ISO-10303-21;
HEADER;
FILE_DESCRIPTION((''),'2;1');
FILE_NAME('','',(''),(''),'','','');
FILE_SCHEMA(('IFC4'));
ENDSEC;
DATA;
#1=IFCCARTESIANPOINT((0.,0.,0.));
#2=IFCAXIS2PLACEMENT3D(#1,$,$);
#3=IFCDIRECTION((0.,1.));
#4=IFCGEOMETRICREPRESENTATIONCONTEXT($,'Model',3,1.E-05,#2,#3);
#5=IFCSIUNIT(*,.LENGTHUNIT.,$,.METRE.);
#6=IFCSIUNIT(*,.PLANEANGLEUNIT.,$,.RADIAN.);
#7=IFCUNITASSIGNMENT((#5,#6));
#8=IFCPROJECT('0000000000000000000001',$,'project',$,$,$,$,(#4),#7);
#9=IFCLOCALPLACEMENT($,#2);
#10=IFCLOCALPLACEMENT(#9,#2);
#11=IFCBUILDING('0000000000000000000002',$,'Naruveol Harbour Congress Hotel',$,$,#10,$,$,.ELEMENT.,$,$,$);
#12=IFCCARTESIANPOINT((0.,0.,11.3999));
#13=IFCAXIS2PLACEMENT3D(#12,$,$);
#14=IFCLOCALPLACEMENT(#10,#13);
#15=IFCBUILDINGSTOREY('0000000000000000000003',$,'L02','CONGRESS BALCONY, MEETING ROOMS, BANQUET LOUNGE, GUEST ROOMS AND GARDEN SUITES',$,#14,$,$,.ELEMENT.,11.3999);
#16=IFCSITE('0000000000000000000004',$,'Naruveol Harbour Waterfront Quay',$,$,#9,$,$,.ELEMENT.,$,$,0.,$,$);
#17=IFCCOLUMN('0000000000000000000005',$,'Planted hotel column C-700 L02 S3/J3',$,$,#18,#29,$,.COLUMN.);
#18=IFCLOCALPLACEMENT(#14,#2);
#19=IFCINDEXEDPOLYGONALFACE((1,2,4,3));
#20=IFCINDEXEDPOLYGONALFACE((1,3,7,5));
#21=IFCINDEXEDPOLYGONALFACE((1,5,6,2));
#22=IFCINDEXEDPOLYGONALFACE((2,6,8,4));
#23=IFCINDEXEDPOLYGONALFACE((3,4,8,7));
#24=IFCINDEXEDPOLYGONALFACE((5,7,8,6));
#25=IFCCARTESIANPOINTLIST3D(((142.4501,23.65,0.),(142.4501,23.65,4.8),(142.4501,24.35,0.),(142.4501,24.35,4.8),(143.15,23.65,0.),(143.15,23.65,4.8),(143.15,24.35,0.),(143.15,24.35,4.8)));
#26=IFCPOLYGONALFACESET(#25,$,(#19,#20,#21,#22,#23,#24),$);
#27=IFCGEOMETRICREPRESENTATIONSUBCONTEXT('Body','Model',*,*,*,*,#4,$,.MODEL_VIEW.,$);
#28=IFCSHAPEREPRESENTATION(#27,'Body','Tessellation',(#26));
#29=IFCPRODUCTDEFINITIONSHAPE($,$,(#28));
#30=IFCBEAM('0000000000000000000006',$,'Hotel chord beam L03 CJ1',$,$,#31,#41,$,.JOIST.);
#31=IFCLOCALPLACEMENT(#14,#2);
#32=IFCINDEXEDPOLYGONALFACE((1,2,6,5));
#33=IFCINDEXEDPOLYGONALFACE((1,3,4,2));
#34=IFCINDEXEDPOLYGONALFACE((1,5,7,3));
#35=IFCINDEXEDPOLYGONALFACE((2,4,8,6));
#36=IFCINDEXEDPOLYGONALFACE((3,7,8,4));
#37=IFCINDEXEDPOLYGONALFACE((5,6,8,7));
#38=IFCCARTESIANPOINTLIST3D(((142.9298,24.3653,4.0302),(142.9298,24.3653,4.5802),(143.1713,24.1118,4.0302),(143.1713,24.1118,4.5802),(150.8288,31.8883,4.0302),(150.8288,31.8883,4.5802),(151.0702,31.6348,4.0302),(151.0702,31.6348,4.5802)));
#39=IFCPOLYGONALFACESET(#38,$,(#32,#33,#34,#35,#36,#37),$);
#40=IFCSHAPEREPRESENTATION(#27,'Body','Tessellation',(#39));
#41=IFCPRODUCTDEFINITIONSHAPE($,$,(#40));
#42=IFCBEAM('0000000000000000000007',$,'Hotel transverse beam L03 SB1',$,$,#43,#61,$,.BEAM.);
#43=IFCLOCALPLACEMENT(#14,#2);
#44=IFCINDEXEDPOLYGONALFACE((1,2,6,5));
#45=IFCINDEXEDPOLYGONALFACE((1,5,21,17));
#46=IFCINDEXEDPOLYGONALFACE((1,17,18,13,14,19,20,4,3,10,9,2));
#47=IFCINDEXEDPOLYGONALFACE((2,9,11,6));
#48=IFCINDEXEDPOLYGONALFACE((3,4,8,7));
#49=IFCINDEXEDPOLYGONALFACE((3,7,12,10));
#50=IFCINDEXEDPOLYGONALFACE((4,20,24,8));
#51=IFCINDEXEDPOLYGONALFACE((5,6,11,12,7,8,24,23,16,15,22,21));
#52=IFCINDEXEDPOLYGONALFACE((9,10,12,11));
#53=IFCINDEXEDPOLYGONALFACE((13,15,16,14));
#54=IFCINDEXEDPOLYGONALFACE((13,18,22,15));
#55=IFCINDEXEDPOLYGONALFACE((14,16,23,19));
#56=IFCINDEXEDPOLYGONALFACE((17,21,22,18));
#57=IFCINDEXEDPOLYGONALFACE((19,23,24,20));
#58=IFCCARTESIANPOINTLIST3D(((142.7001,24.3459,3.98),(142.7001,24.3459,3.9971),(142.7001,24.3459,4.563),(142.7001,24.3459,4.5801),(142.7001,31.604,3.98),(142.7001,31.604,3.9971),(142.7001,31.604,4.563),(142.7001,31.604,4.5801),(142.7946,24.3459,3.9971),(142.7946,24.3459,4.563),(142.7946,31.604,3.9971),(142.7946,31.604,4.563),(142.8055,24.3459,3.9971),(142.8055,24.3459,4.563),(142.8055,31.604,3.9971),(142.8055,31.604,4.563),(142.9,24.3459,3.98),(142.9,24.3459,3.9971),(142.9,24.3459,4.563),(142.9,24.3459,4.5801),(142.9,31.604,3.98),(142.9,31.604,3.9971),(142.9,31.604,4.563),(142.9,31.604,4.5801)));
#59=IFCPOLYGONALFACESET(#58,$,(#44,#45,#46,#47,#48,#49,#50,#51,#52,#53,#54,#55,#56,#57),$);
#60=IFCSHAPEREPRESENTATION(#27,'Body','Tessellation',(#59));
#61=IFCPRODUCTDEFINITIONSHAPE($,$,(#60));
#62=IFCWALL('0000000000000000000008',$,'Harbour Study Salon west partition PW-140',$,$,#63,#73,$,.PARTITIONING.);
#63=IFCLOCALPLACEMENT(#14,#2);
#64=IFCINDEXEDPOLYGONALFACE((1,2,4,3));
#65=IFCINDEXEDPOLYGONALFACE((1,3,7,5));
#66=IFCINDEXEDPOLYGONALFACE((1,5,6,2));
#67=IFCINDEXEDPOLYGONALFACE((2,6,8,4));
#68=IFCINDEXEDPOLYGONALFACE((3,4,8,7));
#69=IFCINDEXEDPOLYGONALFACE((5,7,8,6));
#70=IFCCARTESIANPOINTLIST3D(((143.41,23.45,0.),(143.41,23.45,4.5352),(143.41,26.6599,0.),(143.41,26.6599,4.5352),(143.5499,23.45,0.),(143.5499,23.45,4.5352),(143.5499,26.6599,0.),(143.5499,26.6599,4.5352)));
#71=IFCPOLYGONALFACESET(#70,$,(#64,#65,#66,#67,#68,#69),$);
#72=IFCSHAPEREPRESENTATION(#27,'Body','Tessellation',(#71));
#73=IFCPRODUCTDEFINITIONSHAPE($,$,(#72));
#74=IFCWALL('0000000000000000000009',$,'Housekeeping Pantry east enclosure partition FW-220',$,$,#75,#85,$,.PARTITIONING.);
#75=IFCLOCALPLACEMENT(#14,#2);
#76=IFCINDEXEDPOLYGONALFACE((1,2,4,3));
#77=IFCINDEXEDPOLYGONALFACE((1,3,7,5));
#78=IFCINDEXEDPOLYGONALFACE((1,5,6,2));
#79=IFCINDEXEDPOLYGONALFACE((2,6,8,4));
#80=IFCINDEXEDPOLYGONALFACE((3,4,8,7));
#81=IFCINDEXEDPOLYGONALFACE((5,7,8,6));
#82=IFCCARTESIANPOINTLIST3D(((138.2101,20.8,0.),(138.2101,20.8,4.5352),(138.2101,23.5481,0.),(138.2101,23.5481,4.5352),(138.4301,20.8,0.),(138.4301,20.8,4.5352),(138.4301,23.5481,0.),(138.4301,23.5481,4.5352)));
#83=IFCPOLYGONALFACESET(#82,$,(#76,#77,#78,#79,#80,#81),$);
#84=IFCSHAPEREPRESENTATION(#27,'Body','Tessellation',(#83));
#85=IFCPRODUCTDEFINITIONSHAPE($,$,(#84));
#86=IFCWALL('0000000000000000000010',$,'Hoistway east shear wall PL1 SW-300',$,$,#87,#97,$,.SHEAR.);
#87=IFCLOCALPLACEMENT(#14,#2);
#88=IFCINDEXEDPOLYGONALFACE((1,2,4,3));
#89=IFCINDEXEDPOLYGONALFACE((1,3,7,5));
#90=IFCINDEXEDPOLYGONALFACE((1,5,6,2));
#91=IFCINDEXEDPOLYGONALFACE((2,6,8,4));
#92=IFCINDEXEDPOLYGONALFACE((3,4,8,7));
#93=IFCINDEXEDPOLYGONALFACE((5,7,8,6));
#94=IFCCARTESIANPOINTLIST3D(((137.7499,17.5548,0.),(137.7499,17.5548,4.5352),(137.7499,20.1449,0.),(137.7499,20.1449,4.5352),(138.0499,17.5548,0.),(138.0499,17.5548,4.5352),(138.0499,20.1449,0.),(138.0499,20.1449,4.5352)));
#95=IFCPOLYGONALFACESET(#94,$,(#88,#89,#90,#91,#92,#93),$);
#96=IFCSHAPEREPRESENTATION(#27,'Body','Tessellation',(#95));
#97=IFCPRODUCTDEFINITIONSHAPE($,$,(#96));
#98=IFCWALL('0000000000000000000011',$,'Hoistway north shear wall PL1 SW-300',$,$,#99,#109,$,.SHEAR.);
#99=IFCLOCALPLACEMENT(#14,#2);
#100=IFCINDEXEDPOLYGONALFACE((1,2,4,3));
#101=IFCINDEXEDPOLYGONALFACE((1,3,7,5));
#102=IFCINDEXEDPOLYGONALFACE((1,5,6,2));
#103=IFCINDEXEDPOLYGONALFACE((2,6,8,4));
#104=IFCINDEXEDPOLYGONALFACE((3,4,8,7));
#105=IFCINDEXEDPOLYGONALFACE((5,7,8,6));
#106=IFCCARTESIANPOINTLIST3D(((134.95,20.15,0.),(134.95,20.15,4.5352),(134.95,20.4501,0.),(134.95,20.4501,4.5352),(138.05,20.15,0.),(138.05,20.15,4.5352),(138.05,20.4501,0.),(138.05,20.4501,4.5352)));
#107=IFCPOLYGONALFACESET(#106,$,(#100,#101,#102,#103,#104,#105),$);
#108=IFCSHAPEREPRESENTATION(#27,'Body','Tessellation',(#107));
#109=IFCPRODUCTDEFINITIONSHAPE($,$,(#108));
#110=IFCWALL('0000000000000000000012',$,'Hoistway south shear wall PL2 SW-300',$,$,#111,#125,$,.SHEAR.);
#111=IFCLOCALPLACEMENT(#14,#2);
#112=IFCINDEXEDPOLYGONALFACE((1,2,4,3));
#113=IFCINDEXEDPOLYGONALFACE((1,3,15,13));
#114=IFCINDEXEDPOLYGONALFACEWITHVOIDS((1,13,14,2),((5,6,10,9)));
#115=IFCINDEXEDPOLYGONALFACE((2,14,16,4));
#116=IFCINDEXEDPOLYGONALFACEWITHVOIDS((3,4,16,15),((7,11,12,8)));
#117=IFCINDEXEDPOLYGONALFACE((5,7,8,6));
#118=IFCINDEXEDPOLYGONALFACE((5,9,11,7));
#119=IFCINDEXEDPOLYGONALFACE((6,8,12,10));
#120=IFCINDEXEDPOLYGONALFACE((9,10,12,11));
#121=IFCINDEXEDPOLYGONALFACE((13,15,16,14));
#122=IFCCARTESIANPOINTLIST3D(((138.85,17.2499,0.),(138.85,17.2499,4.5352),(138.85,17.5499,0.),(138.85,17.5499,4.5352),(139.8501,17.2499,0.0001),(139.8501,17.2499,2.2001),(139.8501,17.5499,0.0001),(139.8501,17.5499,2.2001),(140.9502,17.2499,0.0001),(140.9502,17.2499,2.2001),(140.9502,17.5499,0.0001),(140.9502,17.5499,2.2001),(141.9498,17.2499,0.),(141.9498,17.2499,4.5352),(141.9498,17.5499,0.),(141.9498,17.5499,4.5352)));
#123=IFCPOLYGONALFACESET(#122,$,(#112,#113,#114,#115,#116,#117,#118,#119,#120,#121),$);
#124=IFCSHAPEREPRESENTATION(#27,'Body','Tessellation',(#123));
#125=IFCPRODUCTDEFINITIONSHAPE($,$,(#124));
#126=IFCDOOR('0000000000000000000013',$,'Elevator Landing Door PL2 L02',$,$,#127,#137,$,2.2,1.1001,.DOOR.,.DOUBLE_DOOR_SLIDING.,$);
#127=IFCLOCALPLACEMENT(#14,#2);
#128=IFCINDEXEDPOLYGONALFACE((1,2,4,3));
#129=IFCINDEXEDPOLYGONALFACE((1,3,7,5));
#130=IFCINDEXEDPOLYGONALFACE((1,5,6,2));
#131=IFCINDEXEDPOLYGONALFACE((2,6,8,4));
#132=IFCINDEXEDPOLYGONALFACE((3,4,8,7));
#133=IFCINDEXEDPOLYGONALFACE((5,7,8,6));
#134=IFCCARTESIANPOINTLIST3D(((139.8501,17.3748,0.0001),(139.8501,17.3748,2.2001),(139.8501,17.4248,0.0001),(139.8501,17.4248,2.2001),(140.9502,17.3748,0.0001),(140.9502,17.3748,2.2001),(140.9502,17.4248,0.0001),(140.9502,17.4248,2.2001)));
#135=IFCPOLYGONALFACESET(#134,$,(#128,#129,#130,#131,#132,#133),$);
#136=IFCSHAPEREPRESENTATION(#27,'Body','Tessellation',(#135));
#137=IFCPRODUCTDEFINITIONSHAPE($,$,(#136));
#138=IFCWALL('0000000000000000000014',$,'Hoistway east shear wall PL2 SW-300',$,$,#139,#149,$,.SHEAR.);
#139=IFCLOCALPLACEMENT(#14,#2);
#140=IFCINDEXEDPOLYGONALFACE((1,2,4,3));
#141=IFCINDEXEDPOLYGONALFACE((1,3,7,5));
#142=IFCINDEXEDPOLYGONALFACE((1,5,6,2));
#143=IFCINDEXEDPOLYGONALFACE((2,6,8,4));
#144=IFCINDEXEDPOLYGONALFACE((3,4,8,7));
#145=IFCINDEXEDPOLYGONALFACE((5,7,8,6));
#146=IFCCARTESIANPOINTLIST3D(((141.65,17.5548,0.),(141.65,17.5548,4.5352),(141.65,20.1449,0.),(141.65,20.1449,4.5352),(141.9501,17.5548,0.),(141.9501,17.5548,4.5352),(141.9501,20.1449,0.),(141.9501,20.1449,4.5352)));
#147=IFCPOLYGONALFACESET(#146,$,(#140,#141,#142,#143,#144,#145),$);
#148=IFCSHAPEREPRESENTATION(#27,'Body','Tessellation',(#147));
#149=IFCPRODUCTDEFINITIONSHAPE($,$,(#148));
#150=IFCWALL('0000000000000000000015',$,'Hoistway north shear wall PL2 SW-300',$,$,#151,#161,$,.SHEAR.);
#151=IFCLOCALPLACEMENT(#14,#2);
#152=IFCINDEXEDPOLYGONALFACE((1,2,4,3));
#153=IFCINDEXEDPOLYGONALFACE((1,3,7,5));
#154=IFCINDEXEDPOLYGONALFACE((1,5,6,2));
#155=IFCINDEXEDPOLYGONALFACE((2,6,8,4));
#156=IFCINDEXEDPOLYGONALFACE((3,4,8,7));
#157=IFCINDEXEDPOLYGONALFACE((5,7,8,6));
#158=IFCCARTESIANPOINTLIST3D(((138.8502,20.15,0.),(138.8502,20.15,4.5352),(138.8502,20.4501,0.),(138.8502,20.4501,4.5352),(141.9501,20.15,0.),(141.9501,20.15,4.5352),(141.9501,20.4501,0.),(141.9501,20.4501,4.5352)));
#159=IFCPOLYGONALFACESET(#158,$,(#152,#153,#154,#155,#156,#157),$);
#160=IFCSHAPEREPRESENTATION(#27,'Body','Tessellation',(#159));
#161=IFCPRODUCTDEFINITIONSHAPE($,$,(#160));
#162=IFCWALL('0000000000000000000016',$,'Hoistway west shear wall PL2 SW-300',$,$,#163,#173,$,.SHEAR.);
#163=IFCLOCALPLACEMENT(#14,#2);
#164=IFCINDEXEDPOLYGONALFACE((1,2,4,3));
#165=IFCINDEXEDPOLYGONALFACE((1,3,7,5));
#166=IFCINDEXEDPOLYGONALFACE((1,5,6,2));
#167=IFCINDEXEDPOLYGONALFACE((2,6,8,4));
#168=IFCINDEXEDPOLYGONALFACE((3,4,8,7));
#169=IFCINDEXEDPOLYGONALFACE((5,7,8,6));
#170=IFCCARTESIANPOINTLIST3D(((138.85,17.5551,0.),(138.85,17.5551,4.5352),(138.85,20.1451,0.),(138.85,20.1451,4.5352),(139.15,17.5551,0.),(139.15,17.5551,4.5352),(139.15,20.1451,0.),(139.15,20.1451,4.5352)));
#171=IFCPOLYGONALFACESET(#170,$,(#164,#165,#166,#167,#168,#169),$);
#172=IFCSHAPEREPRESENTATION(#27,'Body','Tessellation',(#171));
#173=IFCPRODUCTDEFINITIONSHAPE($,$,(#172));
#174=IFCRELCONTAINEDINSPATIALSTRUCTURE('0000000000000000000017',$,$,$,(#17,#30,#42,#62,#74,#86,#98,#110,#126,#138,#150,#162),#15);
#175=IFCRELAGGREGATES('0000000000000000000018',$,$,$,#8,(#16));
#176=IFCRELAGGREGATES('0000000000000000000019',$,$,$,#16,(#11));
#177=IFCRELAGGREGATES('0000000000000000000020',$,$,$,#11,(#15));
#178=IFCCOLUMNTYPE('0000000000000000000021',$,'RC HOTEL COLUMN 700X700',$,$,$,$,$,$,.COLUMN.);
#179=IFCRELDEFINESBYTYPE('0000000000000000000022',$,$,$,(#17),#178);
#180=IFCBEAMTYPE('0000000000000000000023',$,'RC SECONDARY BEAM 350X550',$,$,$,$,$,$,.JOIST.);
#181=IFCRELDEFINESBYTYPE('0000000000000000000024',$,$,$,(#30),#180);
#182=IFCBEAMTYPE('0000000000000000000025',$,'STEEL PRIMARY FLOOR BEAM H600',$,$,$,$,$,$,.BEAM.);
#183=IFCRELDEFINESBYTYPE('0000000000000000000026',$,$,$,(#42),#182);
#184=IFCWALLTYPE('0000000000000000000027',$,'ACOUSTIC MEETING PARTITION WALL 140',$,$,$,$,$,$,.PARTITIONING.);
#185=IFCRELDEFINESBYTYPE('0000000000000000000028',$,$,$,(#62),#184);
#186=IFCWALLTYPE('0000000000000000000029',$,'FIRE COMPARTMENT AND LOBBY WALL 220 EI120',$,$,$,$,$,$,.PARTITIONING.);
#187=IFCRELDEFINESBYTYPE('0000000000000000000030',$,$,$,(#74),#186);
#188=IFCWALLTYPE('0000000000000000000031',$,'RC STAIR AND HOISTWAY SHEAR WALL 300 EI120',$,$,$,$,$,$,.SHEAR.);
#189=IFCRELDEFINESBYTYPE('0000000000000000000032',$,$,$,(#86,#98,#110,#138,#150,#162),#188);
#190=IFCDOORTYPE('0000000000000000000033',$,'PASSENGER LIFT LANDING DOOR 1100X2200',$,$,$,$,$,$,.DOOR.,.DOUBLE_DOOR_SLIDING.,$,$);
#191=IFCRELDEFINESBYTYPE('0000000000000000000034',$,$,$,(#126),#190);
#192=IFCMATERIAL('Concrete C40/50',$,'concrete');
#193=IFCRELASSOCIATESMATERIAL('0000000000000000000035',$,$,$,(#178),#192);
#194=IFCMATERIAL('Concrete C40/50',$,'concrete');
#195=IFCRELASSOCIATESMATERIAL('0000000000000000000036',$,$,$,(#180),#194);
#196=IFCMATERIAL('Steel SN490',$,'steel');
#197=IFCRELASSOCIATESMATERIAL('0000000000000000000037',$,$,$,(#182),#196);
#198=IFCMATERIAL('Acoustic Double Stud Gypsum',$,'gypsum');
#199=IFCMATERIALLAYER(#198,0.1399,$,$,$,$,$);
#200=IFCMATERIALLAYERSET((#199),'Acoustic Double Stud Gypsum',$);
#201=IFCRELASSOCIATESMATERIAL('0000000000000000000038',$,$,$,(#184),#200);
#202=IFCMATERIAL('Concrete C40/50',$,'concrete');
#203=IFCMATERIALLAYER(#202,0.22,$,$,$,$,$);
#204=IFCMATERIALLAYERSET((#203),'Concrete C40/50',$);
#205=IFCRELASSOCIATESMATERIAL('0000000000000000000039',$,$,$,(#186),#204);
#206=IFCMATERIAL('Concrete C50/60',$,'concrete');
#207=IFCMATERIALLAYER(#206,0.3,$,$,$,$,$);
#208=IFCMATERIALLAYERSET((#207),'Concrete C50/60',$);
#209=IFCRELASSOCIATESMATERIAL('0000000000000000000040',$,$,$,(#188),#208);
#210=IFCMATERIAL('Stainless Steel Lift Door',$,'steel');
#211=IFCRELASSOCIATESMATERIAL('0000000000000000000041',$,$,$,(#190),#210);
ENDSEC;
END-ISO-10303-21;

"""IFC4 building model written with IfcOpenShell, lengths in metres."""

from ifc_helpers import new_model, si_unit, direction, frame, frame_2d, origin, origin_2d, place, context, subcontext, project, spatial, rectangle, i_section, extrude, material, layer, layer_set, material_profile, profile_set, type_object, element, fill, save


model = new_model("IFC4")

# Units and contexts
model_context = context("Model", 3, precision=1e-05, world=origin(), true_north=direction((0.0, 1.0)))
body_context = subcontext(model_context, "Body", "Model", "MODEL_VIEW")
ifc_project = project(units=[si_unit("LENGTHUNIT", "METRE"), si_unit("PLANEANGLEUNIT", "RADIAN")], contexts=[model_context])

# Site, building, storey
site_placement = place(None, origin())
site = spatial("IfcSite", under=ifc_project, at=site_placement, Name="Naruveol Harbour Waterfront Quay", CompositionType="ELEMENT", RefElevation=0.0)
building_placement = place(site_placement, origin())
building = spatial("IfcBuilding", under=site, at=building_placement, Name="Naruveol Harbour Congress Hotel", CompositionType="ELEMENT")
storey_placement = place(building_placement, frame((0.0, 0.0, 11.3999)))
storey = spatial("IfcBuildingStorey", under=building, at=storey_placement, Name="L02", Description="CONGRESS BALCONY, MEETING ROOMS, BANQUET LOUNGE, GUEST ROOMS AND GARDEN SUITES", CompositionType="ELEMENT", Elevation=11.3999)

# Column
ifc_material_1 = material(Name="Concrete C40/50", Category="concrete")
ifc_material_profile_1 = material_profile(ifc_material_1, rectangle(XDim=0.7, YDim=0.7, at=origin_2d()), Name="RC-700x700")
ifc_profile_set_1 = profile_set([ifc_material_profile_1], Name="Concrete C40/50")
column_type = type_object("IfcColumnType", Name="RC HOTEL COLUMN 700X700", PredefinedType="COLUMN", material=ifc_profile_set_1)
column_placement = place(storey_placement, frame((142.8, 24.0, 0.0), z_axis=(0.0, 0.0, 1.0), x_axis=(1.0, 0.0, 0.0)))
element("IfcColumn", 1, at=column_placement, inside=storey, type_object=column_type, Name="Planted hotel column C-700 L02 S3/J3", PredefinedType="COLUMN", context=body_context, shape_type="SweptSolid", body=[
    extrude(rectangle(XDim=0.7, YDim=0.7, at=origin_2d()), origin(), (0.0, 0.0, 1.0), 4.8),
])

# Beams
ifc_material_2 = material(Name="Concrete C40/50", Category="concrete")
ifc_material_profile_2 = material_profile(ifc_material_2, rectangle(XDim=0.3501, YDim=0.55, at=origin_2d()), Name="RCB-350x550")
ifc_profile_set_2 = profile_set([ifc_material_profile_2], Name="Concrete C40/50")
beam_type_1 = type_object("IfcBeamType", Name="RC SECONDARY BEAM 350X550", PredefinedType="JOIST", material=ifc_profile_set_2)
beam_1_placement = place(storey_placement, frame((143.0505, 24.2385, 4.3052), z_axis=(0.72413, 0.689663, 0.0), x_axis=(-0.689663, 0.72413, 0.0)))
element("IfcBeam", 2, at=beam_1_placement, inside=storey, type_object=beam_type_1, Name="Hotel chord beam L03 CJ1", PredefinedType="JOIST", context=body_context, shape_type="SweptSolid", body=[
    extrude(rectangle(XDim=0.3501, YDim=0.55, at=origin_2d()), origin(), (0.0, 0.0, 1.0), 10.9082),
])
ifc_material_3 = material(Name="Steel SN490", Category="steel")
ifc_material_profile_3 = material_profile(ifc_material_3, i_section(OverallWidth=0.2, OverallDepth=0.6001, WebThickness=0.011, FlangeThickness=0.0171, at=origin_2d()), Name="H-600x200x11x17")
ifc_profile_set_3 = profile_set([ifc_material_profile_3], Name="Steel SN490")
beam_type_2 = type_object("IfcBeamType", Name="STEEL PRIMARY FLOOR BEAM H600", PredefinedType="BEAM", material=ifc_profile_set_3)
beam_2_placement = place(storey_placement, frame((142.8, 24.3459, 4.28), z_axis=(0.0, 1.0, 0.0), x_axis=(-1.0, 0.0, 0.0)))
element("IfcBeam", 3, at=beam_2_placement, inside=storey, type_object=beam_type_2, Name="Hotel transverse beam L03 SB1", PredefinedType="BEAM", context=body_context, shape_type="SweptSolid", body=[
    extrude(i_section(OverallWidth=0.2, OverallDepth=0.6001, WebThickness=0.011, FlangeThickness=0.0171, at=origin_2d()), origin(), (0.0, 0.0, 1.0), 7.2581),
])

# Shared definitions
ifc_material_4 = material(Name="Acoustic Double Stud Gypsum", Category="gypsum")
ifc_layer_1 = layer(ifc_material_4, 0.1399)
ifc_layer_set_1 = layer_set([ifc_layer_1], Name="Acoustic Double Stud Gypsum")
wall_type_1 = type_object("IfcWallType", Name="ACOUSTIC MEETING PARTITION WALL 140", PredefinedType="PARTITIONING", material=ifc_layer_set_1)

# Walls
wall_1_placement = place(storey_placement, frame((143.48, 23.45, 0.0), z_axis=(0.0, 0.0, 1.0), x_axis=(0.0, 1.0, 0.0)))
element("IfcWall", 4, at=wall_1_placement, inside=storey, type_object=wall_type_1, Name="Harbour Study Salon west partition PW-140", PredefinedType="PARTITIONING", context=body_context, shape_type="SweptSolid", body=[
    extrude(rectangle(XDim=3.21, YDim=0.1399, at=frame_2d((1.605, 0.0))), origin(), (0.0, 0.0, 1.0), 4.5352),
])
ifc_material_5 = material(Name="Concrete C40/50", Category="concrete")
ifc_layer_2 = layer(ifc_material_5, 0.22)
ifc_layer_set_2 = layer_set([ifc_layer_2], Name="Concrete C40/50")
wall_type_2 = type_object("IfcWallType", Name="FIRE COMPARTMENT AND LOBBY WALL 220 EI120", PredefinedType="PARTITIONING", material=ifc_layer_set_2)
wall_2_placement = place(storey_placement, frame((138.3201, 20.8, 0.0), z_axis=(0.0, 0.0, 1.0), x_axis=(0.0, 1.0, 0.0)))
element("IfcWall", 5, at=wall_2_placement, inside=storey, type_object=wall_type_2, Name="Housekeeping Pantry east enclosure partition FW-220", PredefinedType="PARTITIONING", context=body_context, shape_type="SweptSolid", body=[
    extrude(rectangle(XDim=2.748, YDim=0.22, at=frame_2d((1.374, 0.0))), origin(), (0.0, 0.0, 1.0), 4.5352),
])
ifc_material_6 = material(Name="Concrete C50/60", Category="concrete")
ifc_layer_3 = layer(ifc_material_6, 0.3)
ifc_layer_set_3 = layer_set([ifc_layer_3], Name="Concrete C50/60")
wall_type_3 = type_object("IfcWallType", Name="RC STAIR AND HOISTWAY SHEAR WALL 300 EI120", PredefinedType="SHEAR", material=ifc_layer_set_3)
wall_3_placement = place(storey_placement, frame((137.8999, 17.5549, 0.0), z_axis=(0.0, 0.0, 1.0), x_axis=(0.0, 1.0, 0.0)))
element("IfcWall", 6, at=wall_3_placement, inside=storey, type_object=wall_type_3, Name="Hoistway east shear wall PL1 SW-300", PredefinedType="SHEAR", context=body_context, shape_type="SweptSolid", body=[
    extrude(rectangle(XDim=2.5901, YDim=0.3, at=frame_2d((1.2949, 0.0))), origin(), (0.0, 0.0, 1.0), 4.5352),
])
wall_4_placement = place(storey_placement, frame((138.05, 20.3, 0.0), z_axis=(0.0, 0.0, 1.0), x_axis=(-1.0, 0.0, 0.0)))
element("IfcWall", 7, at=wall_4_placement, inside=storey, type_object=wall_type_3, Name="Hoistway north shear wall PL1 SW-300", PredefinedType="SHEAR", context=body_context, shape_type="SweptSolid", body=[
    extrude(rectangle(XDim=3.1001, YDim=0.3, at=frame_2d((1.55, 0.0))), origin(), (0.0, 0.0, 1.0), 4.5352),
])

# Wall, opening, door
wall_5_placement = place(storey_placement, frame((138.8501, 17.3999, 0.0), z_axis=(0.0, 0.0, 1.0), x_axis=(1.0, 0.0, 0.0)))
wall_5 = element("IfcWall", 8, at=wall_5_placement, inside=storey, type_object=wall_type_3, Name="Hoistway south shear wall PL2 SW-300", PredefinedType="SHEAR", context=body_context, shape_type="SweptSolid", body=[
    extrude(rectangle(XDim=3.0999, YDim=0.3, at=frame_2d((1.5498, 0.0))), origin(), (0.0, 0.0, 1.0), 4.5352),
])
opening_1_placement = place(wall_5_placement, frame((1.0, 0.0, 0.0)))
opening_1 = element("IfcOpeningElement", 9, at=opening_1_placement, cuts=wall_5, PredefinedType="OPENING", context=body_context, shape_type="SweptSolid", body=[
    extrude(rectangle(XDim=1.1001, YDim=2.2, at=frame_2d((0.55, 1.1001))), frame((0.0, 0.1599, 0.0), z_axis=(0.0, -1.0, 0.0), x_axis=(1.0, 0.0, 0.0)), (0.0, 0.0, 1.0), 0.3201),
])
ifc_material_7 = material(Name="Stainless Steel Lift Door", Category="steel")
door_type_1 = type_object("IfcDoorType", Name="PASSENGER LIFT LANDING DOOR 1100X2200", OperationType="DOUBLE_DOOR_SLIDING", PredefinedType="DOOR", material=ifc_material_7)
door_1_placement = place(opening_1_placement, origin())
door_1 = element("IfcDoor", 10, at=door_1_placement, inside=storey, type_object=door_type_1, Name="Elevator Landing Door PL2 L02", OperationType="DOUBLE_DOOR_SLIDING", OverallHeight=2.2, OverallWidth=1.1001, PredefinedType="DOOR", context=body_context, shape_type="SweptSolid", body=[
    extrude(rectangle(XDim=1.1001, YDim=2.2, at=frame_2d((0.55, 1.1001))), frame((0.0, 0.0249, 0.0), z_axis=(0.0, -1.0, 0.0), x_axis=(1.0, 0.0, 0.0)), (0.0, 0.0, 1.0), 0.05),
])
fill(opening_1, door_1)

# Walls
wall_6_placement = place(storey_placement, frame((141.8, 17.5549, 0.0), z_axis=(0.0, 0.0, 1.0), x_axis=(0.0, 1.0, 0.0)))
element("IfcWall", 11, at=wall_6_placement, inside=storey, type_object=wall_type_3, Name="Hoistway east shear wall PL2 SW-300", PredefinedType="SHEAR", context=body_context, shape_type="SweptSolid", body=[
    extrude(rectangle(XDim=2.5901, YDim=0.3, at=frame_2d((1.2949, 0.0))), origin(), (0.0, 0.0, 1.0), 4.5352),
])
wall_7_placement = place(storey_placement, frame((141.95, 20.3, 0.0), z_axis=(0.0, 0.0, 1.0), x_axis=(-1.0, 0.0, 0.0)))
element("IfcWall", 12, at=wall_7_placement, inside=storey, type_object=wall_type_3, Name="Hoistway north shear wall PL2 SW-300", PredefinedType="SHEAR", context=body_context, shape_type="SweptSolid", body=[
    extrude(rectangle(XDim=3.0999, YDim=0.3, at=frame_2d((1.5498, 0.0))), origin(), (0.0, 0.0, 1.0), 4.5352),
])
wall_8_placement = place(storey_placement, frame((139.0, 20.145, 0.0), z_axis=(0.0, 0.0, 1.0), x_axis=(0.0, -1.0, 0.0)))
element("IfcWall", 13, at=wall_8_placement, inside=storey, type_object=wall_type_3, Name="Hoistway west shear wall PL2 SW-300", PredefinedType="SHEAR", context=body_context, shape_type="SweptSolid", body=[
    extrude(rectangle(XDim=2.5901, YDim=0.3, at=frame_2d((1.2949, 0.0))), origin(), (0.0, 0.0, 1.0), 4.5352),
])

save(model, "model.ifc")
